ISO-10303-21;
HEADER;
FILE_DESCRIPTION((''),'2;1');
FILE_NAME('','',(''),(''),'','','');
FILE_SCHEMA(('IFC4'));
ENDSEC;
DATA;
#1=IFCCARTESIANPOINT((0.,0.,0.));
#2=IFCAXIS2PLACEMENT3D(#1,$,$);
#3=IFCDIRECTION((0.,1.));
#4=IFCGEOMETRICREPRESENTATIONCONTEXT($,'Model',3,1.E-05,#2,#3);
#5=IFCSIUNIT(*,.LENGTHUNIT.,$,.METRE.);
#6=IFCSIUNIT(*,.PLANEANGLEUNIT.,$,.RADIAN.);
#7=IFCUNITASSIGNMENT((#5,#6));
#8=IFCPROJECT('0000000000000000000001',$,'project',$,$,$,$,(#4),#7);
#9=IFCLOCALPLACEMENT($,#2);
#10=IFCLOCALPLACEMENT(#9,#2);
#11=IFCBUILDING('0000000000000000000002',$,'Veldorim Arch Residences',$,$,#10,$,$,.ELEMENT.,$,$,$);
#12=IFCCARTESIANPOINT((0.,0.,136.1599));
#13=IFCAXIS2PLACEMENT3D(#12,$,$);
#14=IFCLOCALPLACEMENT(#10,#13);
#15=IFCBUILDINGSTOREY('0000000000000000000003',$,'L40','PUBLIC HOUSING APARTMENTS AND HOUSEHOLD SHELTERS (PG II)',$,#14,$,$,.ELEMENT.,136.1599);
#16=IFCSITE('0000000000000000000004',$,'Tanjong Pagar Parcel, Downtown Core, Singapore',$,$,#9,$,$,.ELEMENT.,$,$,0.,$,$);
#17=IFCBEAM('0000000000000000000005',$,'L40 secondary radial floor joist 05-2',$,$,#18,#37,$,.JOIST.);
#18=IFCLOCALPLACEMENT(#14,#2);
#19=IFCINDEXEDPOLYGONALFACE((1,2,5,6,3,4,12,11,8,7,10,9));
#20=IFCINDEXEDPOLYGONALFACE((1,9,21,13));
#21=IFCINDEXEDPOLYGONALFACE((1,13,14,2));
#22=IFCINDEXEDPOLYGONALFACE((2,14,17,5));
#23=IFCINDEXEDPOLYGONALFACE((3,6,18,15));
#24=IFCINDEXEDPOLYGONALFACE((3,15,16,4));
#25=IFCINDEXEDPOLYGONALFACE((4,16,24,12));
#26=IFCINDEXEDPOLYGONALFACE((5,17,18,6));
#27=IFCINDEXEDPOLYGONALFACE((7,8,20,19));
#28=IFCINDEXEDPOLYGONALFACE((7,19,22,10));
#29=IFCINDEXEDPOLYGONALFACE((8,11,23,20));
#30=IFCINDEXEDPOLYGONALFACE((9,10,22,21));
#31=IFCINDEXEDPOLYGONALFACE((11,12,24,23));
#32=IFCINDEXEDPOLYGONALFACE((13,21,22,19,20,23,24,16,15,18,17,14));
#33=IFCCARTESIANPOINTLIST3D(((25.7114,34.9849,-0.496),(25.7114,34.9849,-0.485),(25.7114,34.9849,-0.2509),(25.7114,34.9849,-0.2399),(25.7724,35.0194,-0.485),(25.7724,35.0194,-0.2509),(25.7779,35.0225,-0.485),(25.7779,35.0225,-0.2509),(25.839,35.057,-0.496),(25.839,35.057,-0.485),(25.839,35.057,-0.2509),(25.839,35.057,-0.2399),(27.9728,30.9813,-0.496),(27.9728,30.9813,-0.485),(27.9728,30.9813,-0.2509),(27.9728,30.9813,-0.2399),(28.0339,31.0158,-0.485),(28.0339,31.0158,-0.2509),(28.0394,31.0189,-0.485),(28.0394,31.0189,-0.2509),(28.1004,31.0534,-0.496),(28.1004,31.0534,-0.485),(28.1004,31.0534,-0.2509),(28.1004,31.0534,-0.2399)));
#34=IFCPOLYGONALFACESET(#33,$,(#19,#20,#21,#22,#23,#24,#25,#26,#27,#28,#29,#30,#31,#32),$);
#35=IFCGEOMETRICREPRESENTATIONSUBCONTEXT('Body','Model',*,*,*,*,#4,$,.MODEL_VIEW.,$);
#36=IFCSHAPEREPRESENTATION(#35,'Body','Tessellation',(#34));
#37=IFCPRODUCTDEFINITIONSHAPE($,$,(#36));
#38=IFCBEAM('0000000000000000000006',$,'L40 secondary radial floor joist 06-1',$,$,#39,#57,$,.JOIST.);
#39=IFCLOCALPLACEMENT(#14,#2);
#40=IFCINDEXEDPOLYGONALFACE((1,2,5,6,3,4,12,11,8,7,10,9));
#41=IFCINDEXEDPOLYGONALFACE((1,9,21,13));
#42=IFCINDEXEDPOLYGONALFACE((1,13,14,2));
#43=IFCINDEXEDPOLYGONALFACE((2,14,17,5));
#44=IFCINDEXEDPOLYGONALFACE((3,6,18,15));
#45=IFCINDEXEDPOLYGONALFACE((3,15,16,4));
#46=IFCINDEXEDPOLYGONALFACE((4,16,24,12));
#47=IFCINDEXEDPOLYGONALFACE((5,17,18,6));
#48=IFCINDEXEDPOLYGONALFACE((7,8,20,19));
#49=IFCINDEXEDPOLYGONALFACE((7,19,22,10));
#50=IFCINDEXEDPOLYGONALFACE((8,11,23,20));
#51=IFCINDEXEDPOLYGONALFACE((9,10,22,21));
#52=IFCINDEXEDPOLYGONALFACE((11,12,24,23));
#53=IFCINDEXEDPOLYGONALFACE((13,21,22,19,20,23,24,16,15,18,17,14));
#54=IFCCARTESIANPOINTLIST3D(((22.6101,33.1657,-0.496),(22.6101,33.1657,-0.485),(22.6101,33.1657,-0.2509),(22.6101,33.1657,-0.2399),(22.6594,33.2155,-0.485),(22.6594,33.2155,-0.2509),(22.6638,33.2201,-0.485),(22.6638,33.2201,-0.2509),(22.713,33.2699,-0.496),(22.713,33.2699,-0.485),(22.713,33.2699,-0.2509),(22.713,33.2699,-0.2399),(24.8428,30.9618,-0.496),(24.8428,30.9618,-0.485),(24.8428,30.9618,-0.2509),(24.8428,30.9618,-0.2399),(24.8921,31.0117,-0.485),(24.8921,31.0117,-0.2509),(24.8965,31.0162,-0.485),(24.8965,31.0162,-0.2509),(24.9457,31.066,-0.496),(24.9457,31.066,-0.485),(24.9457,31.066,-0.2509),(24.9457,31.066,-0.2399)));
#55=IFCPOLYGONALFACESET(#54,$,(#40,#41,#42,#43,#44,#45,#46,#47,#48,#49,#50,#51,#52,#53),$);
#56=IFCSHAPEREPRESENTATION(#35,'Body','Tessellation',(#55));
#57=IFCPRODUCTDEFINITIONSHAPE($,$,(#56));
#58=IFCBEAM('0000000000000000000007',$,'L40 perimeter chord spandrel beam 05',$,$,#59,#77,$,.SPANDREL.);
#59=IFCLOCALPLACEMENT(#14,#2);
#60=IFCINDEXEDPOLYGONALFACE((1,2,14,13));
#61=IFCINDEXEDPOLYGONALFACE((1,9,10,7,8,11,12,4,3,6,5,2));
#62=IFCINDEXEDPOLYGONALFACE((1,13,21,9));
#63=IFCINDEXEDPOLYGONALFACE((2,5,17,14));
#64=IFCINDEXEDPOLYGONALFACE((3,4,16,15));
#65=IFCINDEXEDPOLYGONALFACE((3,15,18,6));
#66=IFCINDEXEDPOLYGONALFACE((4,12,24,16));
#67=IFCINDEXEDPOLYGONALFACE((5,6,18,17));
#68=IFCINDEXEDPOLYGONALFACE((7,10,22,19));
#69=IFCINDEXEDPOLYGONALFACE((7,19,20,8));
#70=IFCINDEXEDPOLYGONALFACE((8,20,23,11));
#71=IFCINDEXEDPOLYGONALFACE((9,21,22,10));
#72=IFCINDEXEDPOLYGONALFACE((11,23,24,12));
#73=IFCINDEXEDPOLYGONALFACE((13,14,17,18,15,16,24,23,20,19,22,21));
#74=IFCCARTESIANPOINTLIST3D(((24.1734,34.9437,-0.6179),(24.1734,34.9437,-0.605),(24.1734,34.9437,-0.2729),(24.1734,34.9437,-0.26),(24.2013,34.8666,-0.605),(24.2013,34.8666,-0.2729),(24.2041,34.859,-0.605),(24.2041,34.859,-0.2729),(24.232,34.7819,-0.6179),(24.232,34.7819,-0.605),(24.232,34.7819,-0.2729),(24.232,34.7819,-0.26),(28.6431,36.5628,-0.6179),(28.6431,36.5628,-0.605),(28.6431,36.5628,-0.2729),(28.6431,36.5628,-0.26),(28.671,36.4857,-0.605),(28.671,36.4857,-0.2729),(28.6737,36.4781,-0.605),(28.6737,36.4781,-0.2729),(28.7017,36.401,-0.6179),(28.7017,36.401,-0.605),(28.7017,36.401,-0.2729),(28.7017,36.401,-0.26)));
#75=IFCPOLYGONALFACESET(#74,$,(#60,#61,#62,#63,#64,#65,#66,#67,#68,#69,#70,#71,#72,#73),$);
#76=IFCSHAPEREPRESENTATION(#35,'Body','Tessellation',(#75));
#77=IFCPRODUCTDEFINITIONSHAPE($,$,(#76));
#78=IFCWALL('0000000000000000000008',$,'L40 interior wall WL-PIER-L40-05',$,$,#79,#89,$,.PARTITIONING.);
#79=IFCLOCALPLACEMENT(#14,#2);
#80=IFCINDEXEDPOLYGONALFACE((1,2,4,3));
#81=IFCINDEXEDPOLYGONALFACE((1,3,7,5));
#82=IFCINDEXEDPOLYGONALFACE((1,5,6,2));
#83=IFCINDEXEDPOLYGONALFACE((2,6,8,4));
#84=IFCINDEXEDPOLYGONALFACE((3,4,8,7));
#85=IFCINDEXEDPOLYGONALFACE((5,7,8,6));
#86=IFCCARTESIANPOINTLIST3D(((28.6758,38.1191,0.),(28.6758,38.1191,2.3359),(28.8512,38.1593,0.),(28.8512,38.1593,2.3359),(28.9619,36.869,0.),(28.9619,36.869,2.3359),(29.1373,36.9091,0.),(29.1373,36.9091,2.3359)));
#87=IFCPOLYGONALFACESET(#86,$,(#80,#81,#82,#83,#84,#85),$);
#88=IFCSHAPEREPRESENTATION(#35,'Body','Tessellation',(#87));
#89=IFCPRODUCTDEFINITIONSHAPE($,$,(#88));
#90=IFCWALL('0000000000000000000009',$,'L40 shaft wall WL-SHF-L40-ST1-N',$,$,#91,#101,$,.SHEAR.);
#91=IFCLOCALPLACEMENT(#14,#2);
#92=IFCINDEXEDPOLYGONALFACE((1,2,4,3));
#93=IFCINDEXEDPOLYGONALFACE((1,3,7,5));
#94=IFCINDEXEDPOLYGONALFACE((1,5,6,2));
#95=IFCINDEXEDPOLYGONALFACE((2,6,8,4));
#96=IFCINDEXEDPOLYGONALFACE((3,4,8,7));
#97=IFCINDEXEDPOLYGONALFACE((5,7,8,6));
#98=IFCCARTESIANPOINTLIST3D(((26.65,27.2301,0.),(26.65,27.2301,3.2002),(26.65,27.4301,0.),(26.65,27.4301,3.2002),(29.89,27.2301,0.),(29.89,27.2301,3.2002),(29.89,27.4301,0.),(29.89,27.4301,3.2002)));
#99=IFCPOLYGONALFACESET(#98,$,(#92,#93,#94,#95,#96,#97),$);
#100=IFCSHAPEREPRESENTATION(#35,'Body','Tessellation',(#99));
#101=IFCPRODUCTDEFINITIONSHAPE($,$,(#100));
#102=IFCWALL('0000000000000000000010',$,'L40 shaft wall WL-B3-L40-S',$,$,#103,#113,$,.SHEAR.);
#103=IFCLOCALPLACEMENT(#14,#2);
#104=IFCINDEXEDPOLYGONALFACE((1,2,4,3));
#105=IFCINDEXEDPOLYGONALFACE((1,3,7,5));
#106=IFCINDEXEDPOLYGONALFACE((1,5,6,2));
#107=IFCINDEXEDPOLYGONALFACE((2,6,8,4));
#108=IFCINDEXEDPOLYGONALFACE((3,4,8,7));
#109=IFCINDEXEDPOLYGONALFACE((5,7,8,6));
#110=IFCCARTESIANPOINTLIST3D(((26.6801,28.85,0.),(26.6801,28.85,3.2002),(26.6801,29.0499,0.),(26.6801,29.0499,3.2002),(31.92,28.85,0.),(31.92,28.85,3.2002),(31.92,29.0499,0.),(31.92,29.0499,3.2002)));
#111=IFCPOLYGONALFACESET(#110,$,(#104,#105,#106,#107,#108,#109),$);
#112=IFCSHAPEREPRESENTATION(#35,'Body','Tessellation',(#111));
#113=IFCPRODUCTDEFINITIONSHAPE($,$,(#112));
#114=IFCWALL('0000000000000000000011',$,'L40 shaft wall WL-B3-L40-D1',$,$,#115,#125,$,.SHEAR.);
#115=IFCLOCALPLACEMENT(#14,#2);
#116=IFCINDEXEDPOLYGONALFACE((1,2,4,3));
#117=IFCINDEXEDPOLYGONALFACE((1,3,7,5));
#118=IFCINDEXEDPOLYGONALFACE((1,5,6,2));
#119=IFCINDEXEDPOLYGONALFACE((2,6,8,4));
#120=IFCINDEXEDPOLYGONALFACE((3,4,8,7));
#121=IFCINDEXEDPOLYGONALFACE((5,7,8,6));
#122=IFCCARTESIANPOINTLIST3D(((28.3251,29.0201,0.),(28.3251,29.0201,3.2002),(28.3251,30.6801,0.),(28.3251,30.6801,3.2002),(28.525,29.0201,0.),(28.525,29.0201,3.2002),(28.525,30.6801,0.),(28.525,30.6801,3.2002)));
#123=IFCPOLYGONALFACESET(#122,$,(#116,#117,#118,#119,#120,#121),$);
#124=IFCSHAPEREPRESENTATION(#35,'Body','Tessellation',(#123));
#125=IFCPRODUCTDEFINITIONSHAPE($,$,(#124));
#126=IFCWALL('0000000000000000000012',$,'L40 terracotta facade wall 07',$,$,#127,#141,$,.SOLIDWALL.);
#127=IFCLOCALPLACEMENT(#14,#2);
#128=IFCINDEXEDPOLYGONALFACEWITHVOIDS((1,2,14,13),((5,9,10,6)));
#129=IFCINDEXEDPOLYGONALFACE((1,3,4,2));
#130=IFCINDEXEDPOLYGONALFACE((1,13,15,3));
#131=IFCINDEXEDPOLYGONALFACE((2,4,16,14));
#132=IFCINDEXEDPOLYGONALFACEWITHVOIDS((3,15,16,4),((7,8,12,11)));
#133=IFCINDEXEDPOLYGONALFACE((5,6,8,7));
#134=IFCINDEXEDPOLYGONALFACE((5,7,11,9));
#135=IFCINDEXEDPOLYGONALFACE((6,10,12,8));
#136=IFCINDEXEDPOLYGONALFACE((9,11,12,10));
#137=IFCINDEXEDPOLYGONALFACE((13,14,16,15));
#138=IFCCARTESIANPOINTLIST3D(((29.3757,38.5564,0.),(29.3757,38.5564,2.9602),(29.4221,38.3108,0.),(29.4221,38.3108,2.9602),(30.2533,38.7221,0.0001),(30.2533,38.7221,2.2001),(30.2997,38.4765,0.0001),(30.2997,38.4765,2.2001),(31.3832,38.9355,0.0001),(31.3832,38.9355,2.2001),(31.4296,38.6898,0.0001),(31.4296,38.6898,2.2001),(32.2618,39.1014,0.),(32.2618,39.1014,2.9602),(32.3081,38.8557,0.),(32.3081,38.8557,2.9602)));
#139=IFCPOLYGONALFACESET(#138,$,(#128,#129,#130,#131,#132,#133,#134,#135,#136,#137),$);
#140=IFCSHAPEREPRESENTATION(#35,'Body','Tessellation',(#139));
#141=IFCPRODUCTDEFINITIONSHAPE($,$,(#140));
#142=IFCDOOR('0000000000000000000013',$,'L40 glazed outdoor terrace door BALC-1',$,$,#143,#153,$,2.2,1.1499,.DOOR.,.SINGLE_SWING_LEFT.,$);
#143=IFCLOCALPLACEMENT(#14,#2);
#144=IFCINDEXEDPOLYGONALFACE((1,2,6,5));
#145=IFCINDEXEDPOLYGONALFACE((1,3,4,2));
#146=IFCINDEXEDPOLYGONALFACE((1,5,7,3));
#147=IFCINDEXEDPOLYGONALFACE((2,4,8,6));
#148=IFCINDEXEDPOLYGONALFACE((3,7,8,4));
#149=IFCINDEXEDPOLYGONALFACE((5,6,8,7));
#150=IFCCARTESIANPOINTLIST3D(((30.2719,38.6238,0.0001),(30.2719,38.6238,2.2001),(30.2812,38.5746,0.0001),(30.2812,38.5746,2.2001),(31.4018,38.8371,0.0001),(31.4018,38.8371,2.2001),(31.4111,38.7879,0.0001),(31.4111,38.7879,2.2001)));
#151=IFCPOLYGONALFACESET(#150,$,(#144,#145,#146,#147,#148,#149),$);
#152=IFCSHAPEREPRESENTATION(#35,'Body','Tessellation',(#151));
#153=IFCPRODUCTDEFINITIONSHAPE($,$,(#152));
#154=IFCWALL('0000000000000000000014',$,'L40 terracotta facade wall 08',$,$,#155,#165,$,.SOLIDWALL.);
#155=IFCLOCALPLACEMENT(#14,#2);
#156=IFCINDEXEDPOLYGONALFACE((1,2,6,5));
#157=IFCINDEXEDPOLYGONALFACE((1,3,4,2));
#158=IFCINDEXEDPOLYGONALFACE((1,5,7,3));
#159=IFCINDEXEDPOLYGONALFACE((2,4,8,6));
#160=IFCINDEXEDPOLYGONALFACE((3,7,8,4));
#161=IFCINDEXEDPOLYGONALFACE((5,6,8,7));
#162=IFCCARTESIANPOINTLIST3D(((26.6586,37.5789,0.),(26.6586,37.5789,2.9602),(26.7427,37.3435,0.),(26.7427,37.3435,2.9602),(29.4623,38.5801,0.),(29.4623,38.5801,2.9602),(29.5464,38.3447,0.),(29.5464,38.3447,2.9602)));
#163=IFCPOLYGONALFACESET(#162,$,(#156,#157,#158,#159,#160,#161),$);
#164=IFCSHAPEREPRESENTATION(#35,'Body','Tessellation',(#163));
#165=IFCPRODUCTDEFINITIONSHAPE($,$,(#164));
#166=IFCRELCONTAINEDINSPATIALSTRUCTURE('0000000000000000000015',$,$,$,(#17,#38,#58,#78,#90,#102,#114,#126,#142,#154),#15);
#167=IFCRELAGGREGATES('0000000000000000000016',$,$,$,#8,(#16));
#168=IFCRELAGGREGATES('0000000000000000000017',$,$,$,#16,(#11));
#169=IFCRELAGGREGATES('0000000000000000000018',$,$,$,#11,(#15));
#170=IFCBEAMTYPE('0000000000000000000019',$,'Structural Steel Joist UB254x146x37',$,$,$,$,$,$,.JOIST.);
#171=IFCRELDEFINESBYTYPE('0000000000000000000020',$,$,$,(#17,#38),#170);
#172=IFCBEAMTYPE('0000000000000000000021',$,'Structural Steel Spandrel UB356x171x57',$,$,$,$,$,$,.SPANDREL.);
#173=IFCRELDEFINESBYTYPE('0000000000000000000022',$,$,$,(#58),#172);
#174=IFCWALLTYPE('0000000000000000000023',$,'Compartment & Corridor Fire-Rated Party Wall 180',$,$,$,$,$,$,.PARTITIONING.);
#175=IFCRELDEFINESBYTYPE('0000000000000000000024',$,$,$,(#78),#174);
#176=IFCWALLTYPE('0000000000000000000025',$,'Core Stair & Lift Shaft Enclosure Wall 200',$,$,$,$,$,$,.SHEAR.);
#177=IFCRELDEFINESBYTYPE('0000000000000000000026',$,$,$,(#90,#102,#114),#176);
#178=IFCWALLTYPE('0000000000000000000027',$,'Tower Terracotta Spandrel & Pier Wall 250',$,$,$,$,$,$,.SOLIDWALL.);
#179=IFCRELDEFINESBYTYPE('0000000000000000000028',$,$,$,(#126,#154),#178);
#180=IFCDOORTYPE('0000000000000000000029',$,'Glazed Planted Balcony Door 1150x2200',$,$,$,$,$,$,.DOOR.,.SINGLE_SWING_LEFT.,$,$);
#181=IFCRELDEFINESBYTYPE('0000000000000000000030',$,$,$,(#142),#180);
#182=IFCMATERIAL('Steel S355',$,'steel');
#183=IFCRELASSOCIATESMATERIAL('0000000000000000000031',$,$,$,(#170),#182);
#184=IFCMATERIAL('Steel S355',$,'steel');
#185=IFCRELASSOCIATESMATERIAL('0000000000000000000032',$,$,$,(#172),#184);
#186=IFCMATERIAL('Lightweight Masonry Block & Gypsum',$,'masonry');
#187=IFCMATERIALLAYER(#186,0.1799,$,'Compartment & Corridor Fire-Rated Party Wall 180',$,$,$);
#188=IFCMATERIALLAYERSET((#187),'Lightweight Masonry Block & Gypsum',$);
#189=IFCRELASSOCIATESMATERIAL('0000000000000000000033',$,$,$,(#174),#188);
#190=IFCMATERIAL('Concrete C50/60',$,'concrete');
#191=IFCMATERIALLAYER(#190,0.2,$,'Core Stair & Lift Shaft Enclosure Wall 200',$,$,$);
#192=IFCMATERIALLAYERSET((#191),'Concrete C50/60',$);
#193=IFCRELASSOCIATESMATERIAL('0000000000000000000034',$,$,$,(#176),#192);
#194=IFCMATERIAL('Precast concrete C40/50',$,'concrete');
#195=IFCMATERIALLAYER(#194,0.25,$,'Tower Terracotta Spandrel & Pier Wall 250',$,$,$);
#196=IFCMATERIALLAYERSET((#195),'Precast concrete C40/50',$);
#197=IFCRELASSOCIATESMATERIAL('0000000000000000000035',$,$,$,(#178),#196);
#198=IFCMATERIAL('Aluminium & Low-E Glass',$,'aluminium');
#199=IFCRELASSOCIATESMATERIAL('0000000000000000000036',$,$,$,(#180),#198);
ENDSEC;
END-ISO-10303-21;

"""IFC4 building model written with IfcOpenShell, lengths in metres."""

from ifc_helpers import new_model, si_unit, direction, frame, frame_2d, origin, origin_2d, place, context, subcontext, project, spatial, rectangle, i_section, extrude, material, layer, layer_set, material_profile, profile_set, type_object, element, fill, save


model = new_model("IFC4")

# Units and contexts
model_context = context("Model", 3, precision=1e-05, world=origin(), true_north=direction((0.0, 1.0)))
body_context = subcontext(model_context, "Body", "Model", "MODEL_VIEW")
ifc_project = project(units=[si_unit("LENGTHUNIT", "METRE"), si_unit("PLANEANGLEUNIT", "RADIAN")], contexts=[model_context])

# Site, building, storey
site_placement = place(None, origin())
site = spatial("IfcSite", under=ifc_project, at=site_placement, Name="Tanjong Pagar Parcel, Downtown Core, Singapore", CompositionType="ELEMENT", RefElevation=0.0)
building_placement = place(site_placement, origin())
building = spatial("IfcBuilding", under=site, at=building_placement, Name="Veldorim Arch Residences", CompositionType="ELEMENT")
storey_placement = place(building_placement, frame((0.0, 0.0, 136.1599)))
storey = spatial("IfcBuildingStorey", under=building, at=storey_placement, Name="L40", Description="PUBLIC HOUSING APARTMENTS AND HOUSEHOLD SHELTERS (PG II)", CompositionType="ELEMENT", Elevation=136.1599)

# Beams
ifc_material_1 = material(Name="Steel S355", Category="steel")
ifc_material_profile_1 = material_profile(ifc_material_1, i_section(OverallWidth=0.1465, OverallDepth=0.2561, WebThickness=0.0063, FlangeThickness=0.011, at=origin_2d()), Name="UB254x146x37")
ifc_profile_set_1 = profile_set([ifc_material_profile_1], Name="Steel S355")
beam_type_1 = type_object("IfcBeamType", Name="Structural Steel Joist UB254x146x37", PredefinedType="JOIST", material=ifc_profile_set_1)
beam_1_placement = place(storey_placement, frame((28.0366, 31.0173, -0.3679), z_axis=(-0.491816, 0.870699, 0.0), x_axis=(-0.870699, -0.491816, 0.0)))
element("IfcBeam", 1, at=beam_1_placement, inside=storey, type_object=beam_type_1, Name="L40 secondary radial floor joist 05-2", PredefinedType="JOIST", context=body_context, shape_type="SweptSolid", body=[
    extrude(i_section(OverallWidth=0.1465, OverallDepth=0.2561, WebThickness=0.0063, FlangeThickness=0.011, at=origin_2d()), origin(), (0.0, 0.0, 1.0), 4.5981),
])
beam_2_placement = place(storey_placement, frame((24.8943, 31.0139, -0.3679), z_axis=(-0.711683, 0.7025, 0.0), x_axis=(-0.7025, -0.711683, 0.0)))
element("IfcBeam", 2, at=beam_2_placement, inside=storey, type_object=beam_type_1, Name="L40 secondary radial floor joist 06-1", PredefinedType="JOIST", context=body_context, shape_type="SweptSolid", body=[
    extrude(i_section(OverallWidth=0.1465, OverallDepth=0.2561, WebThickness=0.0063, FlangeThickness=0.011, at=origin_2d()), origin(), (0.0, 0.0, 1.0), 3.1372),
])
ifc_material_2 = material(Name="Steel S355", Category="steel")
ifc_material_profile_2 = material_profile(ifc_material_2, i_section(OverallWidth=0.1721, OverallDepth=0.3579, WebThickness=0.0081, FlangeThickness=0.0129, at=origin_2d()), Name="UB356x171x57")
ifc_profile_set_2 = profile_set([ifc_material_profile_2], Name="Steel S355")
beam_type_2 = type_object("IfcBeamType", Name="Structural Steel Spandrel UB356x171x57", PredefinedType="SPANDREL", material=ifc_profile_set_2)
beam_3_placement = place(storey_placement, frame((28.6724, 36.4819, -0.439), z_axis=(-0.940213, -0.340588, 0.0), x_axis=(0.340588, -0.940213, 0.0)))
element("IfcBeam", 3, at=beam_3_placement, inside=storey, type_object=beam_type_2, Name="L40 perimeter chord spandrel beam 05", PredefinedType="SPANDREL", context=body_context, shape_type="SweptSolid", body=[
    extrude(i_section(OverallWidth=0.1721, OverallDepth=0.3579, WebThickness=0.0081, FlangeThickness=0.0129, at=origin_2d()), origin(), (0.0, 0.0, 1.0), 4.7539),
])

# Walls
ifc_material_3 = material(Name="Lightweight Masonry Block & Gypsum", Category="masonry")
ifc_layer_1 = layer(ifc_material_3, 0.1799, Name="Compartment & Corridor Fire-Rated Party Wall 180")
ifc_layer_set_1 = layer_set([ifc_layer_1], Name="Lightweight Masonry Block & Gypsum")
wall_type_1 = type_object("IfcWallType", Name="Compartment & Corridor Fire-Rated Party Wall 180", PredefinedType="PARTITIONING", material=ifc_layer_set_1)
wall_1_placement = place(storey_placement, frame((29.0496, 36.8892, 0.0), z_axis=(0.0, 0.0, 1.0), x_axis=(-0.223094, 0.974797, 0.0)))
element("IfcWall", 4, at=wall_1_placement, inside=storey, type_object=wall_type_1, Name="L40 interior wall WL-PIER-L40-05", PredefinedType="PARTITIONING", context=body_context, shape_type="SweptSolid", body=[
    extrude(rectangle(XDim=1.2825, YDim=0.1799, at=frame_2d((0.6411, 0.0))), origin(), (0.0, 0.0, 1.0), 2.3359),
])
ifc_material_4 = material(Name="Concrete C50/60", Category="concrete")
ifc_layer_2 = layer(ifc_material_4, 0.2, Name="Core Stair & Lift Shaft Enclosure Wall 200")
ifc_layer_set_2 = layer_set([ifc_layer_2], Name="Concrete C50/60")
wall_type_2 = type_object("IfcWallType", Name="Core Stair & Lift Shaft Enclosure Wall 200", PredefinedType="SHEAR", material=ifc_layer_set_2)
wall_2_placement = place(storey_placement, frame((26.6499, 27.3301, 0.0), z_axis=(0.0, 0.0, 1.0), x_axis=(1.0, 0.0, 0.0)))
element("IfcWall", 5, at=wall_2_placement, inside=storey, type_object=wall_type_2, Name="L40 shaft wall WL-SHF-L40-ST1-N", PredefinedType="SHEAR", context=body_context, shape_type="SweptSolid", body=[
    extrude(rectangle(XDim=3.24, YDim=0.2, at=frame_2d((1.6201, 0.0))), origin(), (0.0, 0.0, 1.0), 3.2002),
])
wall_3_placement = place(storey_placement, frame((26.6799, 28.95, 0.0), z_axis=(0.0, 0.0, 1.0), x_axis=(1.0, 0.0, 0.0)))
element("IfcWall", 6, at=wall_3_placement, inside=storey, type_object=wall_type_2, Name="L40 shaft wall WL-B3-L40-S", PredefinedType="SHEAR", context=body_context, shape_type="SweptSolid", body=[
    extrude(rectangle(XDim=5.24, YDim=0.2, at=frame_2d((2.6201, 0.0))), origin(), (0.0, 0.0, 1.0), 3.2002),
])
wall_4_placement = place(storey_placement, frame((28.425, 29.02, 0.0), z_axis=(0.0, 0.0, 1.0), x_axis=(0.0, 1.0, 0.0)))
element("IfcWall", 7, at=wall_4_placement, inside=storey, type_object=wall_type_2, Name="L40 shaft wall WL-B3-L40-D1", PredefinedType="SHEAR", context=body_context, shape_type="SweptSolid", body=[
    extrude(rectangle(XDim=1.6599, YDim=0.2, at=frame_2d((0.8301, 0.0))), origin(), (0.0, 0.0, 1.0), 3.2002),
])

# Wall, opening, door
ifc_material_5 = material(Name="Precast concrete C40/50", Category="concrete")
ifc_layer_3 = layer(ifc_material_5, 0.25, Name="Tower Terracotta Spandrel & Pier Wall 250")
ifc_layer_set_3 = layer_set([ifc_layer_3], Name="Precast concrete C40/50")
wall_type_3 = type_object("IfcWallType", Name="Tower Terracotta Spandrel & Pier Wall 250", PredefinedType="SOLIDWALL", material=ifc_layer_set_3)
wall_5_placement = place(storey_placement, frame((29.3989, 38.4336, 0.0), z_axis=(0.0, 0.0, 1.0), x_axis=(0.982637, 0.185538, 0.0)))
wall_5 = element("IfcWall", 8, at=wall_5_placement, inside=storey, type_object=wall_type_3, Name="L40 terracotta facade wall 07", PredefinedType="SOLIDWALL", context=body_context, shape_type="SweptSolid", body=[
    extrude(rectangle(XDim=2.937, YDim=0.25, at=frame_2d((1.4685, 0.0))), origin(), (0.0, 0.0, 1.0), 2.9602),
])
opening_1_placement = place(wall_5_placement, frame((0.8931, 0.0, 0.0)))
opening_1 = element("IfcOpeningElement", 9, at=opening_1_placement, cuts=wall_5, PredefinedType="OPENING", context=body_context, shape_type="SweptSolid", body=[
    extrude(rectangle(XDim=1.1499, YDim=2.2, at=frame_2d((0.575, 1.1001))), frame((0.0, 0.135, 0.0), z_axis=(0.0, -1.0, 0.0), x_axis=(1.0, 0.0, 0.0)), (0.0, 0.0, 1.0), 0.27),
])
ifc_material_6 = material(Name="Aluminium & Low-E Glass", Category="aluminium")
door_type_1 = type_object("IfcDoorType", Name="Glazed Planted Balcony Door 1150x2200", OperationType="SINGLE_SWING_LEFT", PredefinedType="DOOR", material=ifc_material_6)
door_1_placement = place(opening_1_placement, origin())
door_1 = element("IfcDoor", 10, at=door_1_placement, inside=storey, type_object=door_type_1, Name="L40 glazed outdoor terrace door BALC-1", OperationType="SINGLE_SWING_LEFT", OverallHeight=2.2, OverallWidth=1.1499, PredefinedType="DOOR", context=body_context, shape_type="SweptSolid", body=[
    extrude(rectangle(XDim=1.1499, YDim=2.2, at=frame_2d((0.575, 1.1001))), frame((0.0, 0.0249, 0.0), z_axis=(0.0, -1.0, 0.0), x_axis=(1.0, 0.0, 0.0)), (0.0, 0.0, 1.0), 0.05),
])
fill(opening_1, door_1)

# Wall
wall_6_placement = place(storey_placement, frame((26.7007, 37.4612, 0.0), z_axis=(0.0, 0.0, 1.0), x_axis=(0.941753, 0.336305, 0.0)))
element("IfcWall", 11, at=wall_6_placement, inside=storey, type_object=wall_type_3, Name="L40 terracotta facade wall 08", PredefinedType="SOLIDWALL", context=body_context, shape_type="SweptSolid", body=[
    extrude(rectangle(XDim=2.9771, YDim=0.25, at=frame_2d((1.4885, 0.0))), origin(), (0.0, 0.0, 1.0), 2.9602),
])

save(model, "model.ifc")
